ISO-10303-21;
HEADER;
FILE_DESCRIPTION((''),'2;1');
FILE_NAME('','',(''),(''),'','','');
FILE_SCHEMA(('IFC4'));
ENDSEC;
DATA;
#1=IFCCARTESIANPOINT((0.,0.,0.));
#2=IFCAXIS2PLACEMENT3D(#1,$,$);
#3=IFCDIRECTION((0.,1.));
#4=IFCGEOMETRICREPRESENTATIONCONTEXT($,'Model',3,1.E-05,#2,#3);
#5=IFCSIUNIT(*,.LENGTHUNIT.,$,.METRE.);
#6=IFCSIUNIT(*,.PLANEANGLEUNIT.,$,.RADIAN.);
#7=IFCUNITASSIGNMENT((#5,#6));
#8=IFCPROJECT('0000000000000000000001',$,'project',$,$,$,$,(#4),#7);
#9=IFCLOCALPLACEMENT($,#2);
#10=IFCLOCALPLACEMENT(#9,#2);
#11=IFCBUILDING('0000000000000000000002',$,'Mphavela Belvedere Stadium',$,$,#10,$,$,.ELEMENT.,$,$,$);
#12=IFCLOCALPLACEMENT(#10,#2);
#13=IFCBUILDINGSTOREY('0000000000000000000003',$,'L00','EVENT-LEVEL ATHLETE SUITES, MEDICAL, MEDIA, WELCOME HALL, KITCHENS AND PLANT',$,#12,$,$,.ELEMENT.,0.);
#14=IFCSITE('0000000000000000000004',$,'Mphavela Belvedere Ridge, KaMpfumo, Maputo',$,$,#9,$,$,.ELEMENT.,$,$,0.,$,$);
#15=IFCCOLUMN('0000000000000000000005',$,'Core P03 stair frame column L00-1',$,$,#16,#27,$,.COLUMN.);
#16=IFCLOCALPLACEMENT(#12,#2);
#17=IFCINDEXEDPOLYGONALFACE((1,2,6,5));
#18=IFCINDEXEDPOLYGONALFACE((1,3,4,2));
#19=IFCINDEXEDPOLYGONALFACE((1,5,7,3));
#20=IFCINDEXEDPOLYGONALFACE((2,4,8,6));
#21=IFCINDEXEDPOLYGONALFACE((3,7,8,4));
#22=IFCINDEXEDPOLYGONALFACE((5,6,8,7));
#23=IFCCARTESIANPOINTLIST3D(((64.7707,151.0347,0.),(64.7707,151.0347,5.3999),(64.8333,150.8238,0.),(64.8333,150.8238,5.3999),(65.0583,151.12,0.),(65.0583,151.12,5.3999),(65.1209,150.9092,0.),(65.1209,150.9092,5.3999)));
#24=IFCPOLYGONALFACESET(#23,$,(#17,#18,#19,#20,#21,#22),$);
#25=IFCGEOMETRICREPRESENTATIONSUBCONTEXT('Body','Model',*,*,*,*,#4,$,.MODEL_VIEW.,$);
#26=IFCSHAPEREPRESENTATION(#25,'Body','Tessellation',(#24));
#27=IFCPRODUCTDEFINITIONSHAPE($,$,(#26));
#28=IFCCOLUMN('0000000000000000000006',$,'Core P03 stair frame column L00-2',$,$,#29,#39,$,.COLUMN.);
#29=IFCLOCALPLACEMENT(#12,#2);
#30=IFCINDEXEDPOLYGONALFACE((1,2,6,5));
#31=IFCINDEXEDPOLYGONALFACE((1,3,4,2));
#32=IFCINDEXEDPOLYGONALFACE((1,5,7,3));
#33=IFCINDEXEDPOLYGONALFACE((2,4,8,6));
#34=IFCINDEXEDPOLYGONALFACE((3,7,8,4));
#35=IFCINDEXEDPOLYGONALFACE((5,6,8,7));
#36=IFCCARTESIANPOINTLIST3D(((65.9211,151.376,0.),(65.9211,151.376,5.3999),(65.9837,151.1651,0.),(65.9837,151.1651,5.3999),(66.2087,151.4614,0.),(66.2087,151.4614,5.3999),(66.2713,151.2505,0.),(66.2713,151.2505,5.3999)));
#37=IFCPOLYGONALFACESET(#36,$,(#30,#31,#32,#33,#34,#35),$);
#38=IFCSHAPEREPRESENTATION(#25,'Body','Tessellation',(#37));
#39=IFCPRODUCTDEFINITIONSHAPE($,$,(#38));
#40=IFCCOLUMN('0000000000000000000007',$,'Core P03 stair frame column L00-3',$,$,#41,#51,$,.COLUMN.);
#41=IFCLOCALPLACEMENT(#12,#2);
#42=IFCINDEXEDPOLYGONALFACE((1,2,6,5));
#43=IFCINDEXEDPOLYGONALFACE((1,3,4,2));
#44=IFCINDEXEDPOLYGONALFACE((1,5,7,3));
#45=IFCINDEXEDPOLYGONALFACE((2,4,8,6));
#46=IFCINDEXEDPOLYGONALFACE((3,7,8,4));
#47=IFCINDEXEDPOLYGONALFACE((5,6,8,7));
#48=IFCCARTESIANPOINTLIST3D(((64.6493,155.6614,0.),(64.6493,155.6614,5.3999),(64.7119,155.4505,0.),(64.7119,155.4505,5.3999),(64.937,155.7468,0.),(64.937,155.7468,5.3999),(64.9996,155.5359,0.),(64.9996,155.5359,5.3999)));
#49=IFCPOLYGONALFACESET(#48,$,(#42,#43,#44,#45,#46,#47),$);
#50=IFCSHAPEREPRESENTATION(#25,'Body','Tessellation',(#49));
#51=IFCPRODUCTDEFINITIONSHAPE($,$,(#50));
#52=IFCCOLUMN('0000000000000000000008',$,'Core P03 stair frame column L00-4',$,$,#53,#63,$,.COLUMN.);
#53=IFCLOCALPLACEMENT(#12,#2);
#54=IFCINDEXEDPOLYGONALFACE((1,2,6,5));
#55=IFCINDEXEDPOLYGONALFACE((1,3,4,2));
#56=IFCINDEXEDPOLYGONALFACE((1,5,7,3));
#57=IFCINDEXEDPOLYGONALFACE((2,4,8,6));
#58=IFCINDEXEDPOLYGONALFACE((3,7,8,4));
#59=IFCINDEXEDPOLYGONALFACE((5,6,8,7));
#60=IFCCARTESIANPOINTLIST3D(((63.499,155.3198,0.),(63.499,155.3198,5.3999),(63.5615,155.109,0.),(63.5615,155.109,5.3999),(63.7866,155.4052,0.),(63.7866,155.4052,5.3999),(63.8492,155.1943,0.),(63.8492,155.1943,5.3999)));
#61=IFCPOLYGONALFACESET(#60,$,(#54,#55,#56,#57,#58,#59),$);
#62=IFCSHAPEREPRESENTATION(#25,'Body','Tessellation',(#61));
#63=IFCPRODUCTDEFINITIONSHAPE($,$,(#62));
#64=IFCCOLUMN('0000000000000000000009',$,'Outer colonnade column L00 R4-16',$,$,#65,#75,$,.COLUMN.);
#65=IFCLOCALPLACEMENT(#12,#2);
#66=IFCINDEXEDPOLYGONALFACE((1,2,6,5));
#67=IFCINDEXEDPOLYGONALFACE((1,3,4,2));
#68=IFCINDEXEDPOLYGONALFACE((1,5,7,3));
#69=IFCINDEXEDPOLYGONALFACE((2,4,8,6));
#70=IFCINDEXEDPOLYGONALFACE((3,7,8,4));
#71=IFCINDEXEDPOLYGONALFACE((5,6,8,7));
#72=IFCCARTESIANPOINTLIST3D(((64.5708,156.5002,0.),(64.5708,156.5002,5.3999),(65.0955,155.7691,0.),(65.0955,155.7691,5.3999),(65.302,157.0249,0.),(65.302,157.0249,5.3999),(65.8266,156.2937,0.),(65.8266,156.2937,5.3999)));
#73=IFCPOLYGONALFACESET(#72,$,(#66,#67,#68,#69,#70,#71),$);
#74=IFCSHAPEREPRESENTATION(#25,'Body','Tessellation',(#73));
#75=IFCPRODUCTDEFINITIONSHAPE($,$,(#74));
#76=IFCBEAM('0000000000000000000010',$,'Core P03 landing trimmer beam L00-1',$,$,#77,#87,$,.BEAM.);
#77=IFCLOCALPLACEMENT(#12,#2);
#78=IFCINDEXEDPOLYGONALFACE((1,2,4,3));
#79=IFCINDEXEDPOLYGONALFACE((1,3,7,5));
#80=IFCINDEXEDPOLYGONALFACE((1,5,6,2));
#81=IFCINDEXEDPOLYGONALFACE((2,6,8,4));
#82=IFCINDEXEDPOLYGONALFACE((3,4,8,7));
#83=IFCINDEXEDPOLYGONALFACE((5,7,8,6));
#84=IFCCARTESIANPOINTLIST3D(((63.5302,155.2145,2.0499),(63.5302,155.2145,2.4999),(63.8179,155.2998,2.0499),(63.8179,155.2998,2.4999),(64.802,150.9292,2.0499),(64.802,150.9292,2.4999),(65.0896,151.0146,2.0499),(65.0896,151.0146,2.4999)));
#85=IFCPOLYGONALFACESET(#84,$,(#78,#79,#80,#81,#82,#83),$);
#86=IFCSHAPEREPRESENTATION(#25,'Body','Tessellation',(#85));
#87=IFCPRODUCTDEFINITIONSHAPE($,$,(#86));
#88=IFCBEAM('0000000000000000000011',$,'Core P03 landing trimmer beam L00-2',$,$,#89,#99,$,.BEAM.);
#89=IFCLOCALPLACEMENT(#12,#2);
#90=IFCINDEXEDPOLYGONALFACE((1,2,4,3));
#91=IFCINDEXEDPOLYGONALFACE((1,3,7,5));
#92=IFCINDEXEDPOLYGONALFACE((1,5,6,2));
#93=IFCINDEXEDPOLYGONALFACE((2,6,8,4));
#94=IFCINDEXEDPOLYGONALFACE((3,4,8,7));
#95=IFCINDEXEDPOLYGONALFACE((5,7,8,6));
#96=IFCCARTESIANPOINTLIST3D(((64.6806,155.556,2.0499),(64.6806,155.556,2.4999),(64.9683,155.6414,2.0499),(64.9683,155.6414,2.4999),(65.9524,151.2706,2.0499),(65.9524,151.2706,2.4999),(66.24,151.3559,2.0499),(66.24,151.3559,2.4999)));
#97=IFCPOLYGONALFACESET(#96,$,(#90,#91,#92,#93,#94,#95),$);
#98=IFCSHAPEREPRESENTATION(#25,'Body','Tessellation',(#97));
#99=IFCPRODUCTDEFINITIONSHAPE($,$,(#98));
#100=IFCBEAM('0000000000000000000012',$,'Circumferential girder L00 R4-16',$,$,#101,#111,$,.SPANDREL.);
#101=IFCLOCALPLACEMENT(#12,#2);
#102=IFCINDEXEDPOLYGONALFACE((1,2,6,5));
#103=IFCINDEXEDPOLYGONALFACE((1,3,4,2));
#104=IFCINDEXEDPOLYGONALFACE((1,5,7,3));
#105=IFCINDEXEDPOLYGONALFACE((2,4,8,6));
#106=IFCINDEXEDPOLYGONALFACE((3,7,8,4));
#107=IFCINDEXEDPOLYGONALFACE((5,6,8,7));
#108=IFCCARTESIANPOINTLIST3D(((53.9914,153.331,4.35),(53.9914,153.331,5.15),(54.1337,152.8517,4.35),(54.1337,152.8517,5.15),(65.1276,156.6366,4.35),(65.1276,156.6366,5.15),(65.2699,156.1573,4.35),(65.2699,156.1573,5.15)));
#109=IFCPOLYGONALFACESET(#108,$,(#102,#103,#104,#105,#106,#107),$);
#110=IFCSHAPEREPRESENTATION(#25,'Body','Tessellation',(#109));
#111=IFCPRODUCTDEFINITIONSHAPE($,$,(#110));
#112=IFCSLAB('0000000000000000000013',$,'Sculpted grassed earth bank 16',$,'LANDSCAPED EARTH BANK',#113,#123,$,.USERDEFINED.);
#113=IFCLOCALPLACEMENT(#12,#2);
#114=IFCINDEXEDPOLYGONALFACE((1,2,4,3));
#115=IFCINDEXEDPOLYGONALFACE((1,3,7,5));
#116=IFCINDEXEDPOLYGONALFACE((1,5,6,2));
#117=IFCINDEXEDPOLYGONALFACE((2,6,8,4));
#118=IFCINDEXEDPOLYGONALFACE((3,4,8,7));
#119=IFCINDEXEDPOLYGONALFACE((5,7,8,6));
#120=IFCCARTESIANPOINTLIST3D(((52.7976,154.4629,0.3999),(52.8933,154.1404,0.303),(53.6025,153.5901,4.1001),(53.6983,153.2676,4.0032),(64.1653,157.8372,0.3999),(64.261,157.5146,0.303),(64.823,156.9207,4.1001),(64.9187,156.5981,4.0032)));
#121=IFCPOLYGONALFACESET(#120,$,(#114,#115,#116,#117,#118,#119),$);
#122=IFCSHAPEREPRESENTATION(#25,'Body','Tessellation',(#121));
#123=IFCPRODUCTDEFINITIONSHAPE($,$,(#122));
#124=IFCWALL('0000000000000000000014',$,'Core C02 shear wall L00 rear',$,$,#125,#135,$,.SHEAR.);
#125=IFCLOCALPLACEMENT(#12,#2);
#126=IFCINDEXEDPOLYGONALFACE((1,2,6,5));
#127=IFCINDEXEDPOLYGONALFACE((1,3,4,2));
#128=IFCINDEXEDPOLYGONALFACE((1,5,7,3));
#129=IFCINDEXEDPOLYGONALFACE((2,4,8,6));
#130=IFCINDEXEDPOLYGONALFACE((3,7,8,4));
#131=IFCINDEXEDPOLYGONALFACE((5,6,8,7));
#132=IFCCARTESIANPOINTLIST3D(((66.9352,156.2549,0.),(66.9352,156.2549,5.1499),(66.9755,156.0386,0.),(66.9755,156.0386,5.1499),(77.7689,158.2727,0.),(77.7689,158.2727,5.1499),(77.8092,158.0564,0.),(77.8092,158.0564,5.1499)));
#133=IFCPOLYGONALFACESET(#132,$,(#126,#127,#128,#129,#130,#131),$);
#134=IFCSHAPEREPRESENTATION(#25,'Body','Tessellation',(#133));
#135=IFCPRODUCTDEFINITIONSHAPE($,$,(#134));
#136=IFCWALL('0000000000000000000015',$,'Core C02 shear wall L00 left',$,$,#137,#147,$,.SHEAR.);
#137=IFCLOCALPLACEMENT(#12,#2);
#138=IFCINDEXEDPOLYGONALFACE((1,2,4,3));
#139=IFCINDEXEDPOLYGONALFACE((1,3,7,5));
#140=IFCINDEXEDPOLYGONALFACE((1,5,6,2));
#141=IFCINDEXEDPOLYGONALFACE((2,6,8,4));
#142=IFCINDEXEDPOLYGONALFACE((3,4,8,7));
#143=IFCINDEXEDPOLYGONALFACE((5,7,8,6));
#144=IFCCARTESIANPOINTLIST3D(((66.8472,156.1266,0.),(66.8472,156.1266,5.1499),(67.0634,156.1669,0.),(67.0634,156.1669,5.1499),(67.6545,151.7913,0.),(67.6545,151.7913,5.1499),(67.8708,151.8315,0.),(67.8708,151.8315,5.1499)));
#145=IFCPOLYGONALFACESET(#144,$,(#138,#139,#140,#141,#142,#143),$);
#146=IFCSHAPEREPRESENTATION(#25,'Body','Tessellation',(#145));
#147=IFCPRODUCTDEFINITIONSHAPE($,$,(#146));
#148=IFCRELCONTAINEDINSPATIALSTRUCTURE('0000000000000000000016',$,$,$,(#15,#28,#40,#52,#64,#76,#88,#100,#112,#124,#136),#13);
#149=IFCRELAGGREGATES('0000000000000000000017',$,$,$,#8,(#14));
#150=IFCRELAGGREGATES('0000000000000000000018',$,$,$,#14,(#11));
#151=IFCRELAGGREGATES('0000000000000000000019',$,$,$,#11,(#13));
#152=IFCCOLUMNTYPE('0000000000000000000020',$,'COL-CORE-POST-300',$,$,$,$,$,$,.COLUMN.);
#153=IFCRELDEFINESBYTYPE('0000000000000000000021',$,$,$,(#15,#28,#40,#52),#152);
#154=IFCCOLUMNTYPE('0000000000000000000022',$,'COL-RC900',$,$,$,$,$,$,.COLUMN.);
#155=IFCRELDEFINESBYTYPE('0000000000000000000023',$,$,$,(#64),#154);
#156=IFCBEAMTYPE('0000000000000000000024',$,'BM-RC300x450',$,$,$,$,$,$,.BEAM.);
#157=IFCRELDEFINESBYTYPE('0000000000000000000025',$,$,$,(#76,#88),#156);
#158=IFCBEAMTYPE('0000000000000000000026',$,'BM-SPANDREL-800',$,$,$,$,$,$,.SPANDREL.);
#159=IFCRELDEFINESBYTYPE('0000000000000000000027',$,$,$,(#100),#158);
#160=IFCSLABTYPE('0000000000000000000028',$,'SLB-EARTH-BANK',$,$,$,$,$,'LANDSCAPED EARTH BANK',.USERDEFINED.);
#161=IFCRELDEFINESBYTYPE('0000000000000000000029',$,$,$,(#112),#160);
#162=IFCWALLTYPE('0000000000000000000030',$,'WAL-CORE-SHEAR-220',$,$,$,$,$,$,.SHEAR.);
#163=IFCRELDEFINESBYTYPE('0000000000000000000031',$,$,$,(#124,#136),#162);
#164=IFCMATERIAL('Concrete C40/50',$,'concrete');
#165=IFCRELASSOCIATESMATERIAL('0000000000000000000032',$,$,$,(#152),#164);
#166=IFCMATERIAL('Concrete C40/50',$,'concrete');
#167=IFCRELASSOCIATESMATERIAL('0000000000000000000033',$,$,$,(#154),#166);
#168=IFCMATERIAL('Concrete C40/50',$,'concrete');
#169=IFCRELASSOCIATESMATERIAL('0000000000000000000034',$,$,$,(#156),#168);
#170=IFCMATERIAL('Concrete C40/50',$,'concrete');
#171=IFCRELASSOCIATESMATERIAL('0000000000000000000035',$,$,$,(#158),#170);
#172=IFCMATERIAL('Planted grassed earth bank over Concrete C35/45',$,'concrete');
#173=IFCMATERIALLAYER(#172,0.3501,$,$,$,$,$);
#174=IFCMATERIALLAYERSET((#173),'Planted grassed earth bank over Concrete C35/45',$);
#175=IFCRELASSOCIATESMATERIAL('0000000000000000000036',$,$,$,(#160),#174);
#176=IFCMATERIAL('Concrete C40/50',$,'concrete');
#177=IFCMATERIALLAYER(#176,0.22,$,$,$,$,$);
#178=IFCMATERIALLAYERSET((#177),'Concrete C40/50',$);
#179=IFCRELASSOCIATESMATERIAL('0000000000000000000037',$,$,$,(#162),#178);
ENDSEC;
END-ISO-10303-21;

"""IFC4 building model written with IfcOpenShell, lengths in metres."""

from ifc_helpers import new_model, si_unit, direction, frame, frame_2d, origin, origin_2d, place, context, subcontext, project, spatial, polyline, rectangle, outline, extrude, material, layer, layer_set, material_profile, profile_set, type_object, element, save


model = new_model("IFC4")

# Units and contexts
model_context = context("Model", 3, precision=1e-05, world=origin(), true_north=direction((0.0, 1.0)))
body_context = subcontext(model_context, "Body", "Model", "MODEL_VIEW")
ifc_project = project(units=[si_unit("LENGTHUNIT", "METRE"), si_unit("PLANEANGLEUNIT", "RADIAN")], contexts=[model_context])

# Site, building, storey
site_placement = place(None, origin())
site = spatial("IfcSite", under=ifc_project, at=site_placement, Name="Mphavela Belvedere Ridge, KaMpfumo, Maputo", CompositionType="ELEMENT", RefElevation=0.0)
building_placement = place(site_placement, origin())
building = spatial("IfcBuilding", under=site, at=building_placement, Name="Mphavela Belvedere Stadium", CompositionType="ELEMENT")
storey_placement = place(building_placement, origin())
storey = spatial("IfcBuildingStorey", under=building, at=storey_placement, Name="L00", Description="EVENT-LEVEL ATHLETE SUITES, MEDICAL, MEDIA, WELCOME HALL, KITCHENS AND PLANT", CompositionType="ELEMENT", Elevation=0.0)

# Columns
ifc_material_1 = material(Name="Concrete C40/50", Category="concrete")
ifc_material_profile_1 = material_profile(ifc_material_1, rectangle(XDim=0.3, YDim=0.22, at=origin_2d()), Name="RC 300x220")
ifc_profile_set_1 = profile_set([ifc_material_profile_1], Name="Concrete C40/50")
column_type_1 = type_object("IfcColumnType", Name="COL-CORE-POST-300", PredefinedType="COLUMN", material=ifc_profile_set_1)
for number, where, z_axis, x_axis, name in (
    (1, (64.9458, 150.9719, 0.0), (0.0, 0.0, 1.0), (0.958671, 0.284517, 0.0), "Core P03 stair frame column L00-1"),
    (2, (66.0962, 151.3132, 0.0), (0.0, 0.0, 1.0), (0.958671, 0.284517, 0.0), "Core P03 stair frame column L00-2"),
    (3, (64.8245, 155.5986, 0.0), (0.0, 0.0, 1.0), (0.958671, 0.284517, 0.0), "Core P03 stair frame column L00-3"),
    (4, (63.6741, 155.2571, 0.0), (0.0, 0.0, 1.0), (0.958671, 0.284517, 0.0), "Core P03 stair frame column L00-4"),
):
    element("IfcColumn", number, at=place(storey_placement, frame(where, z_axis=z_axis, x_axis=x_axis)), inside=storey, type_object=column_type_1, Name=name, PredefinedType="COLUMN", context=body_context, shape_type="SweptSolid", body=[
        extrude(rectangle(XDim=0.3, YDim=0.22, at=origin_2d()), origin(), (0.0, 0.0, 1.0), 5.3999),
    ])
ifc_material_2 = material(Name="Concrete C40/50", Category="concrete")
ifc_material_profile_2 = material_profile(ifc_material_2, rectangle(XDim=0.8999, YDim=0.8999, at=origin_2d()), Name="RC 900x900")
ifc_profile_set_2 = profile_set([ifc_material_profile_2], Name="Concrete C40/50")
column_type_2 = type_object("IfcColumnType", Name="COL-RC900", PredefinedType="COLUMN", material=ifc_profile_set_2)
column_placement = place(storey_placement, frame((65.1987, 156.397, 0.0), z_axis=(0.0, 0.0, 1.0), x_axis=(-0.582974, 0.812491, 0.0)))
element("IfcColumn", 5, at=column_placement, inside=storey, type_object=column_type_2, Name="Outer colonnade column L00 R4-16", PredefinedType="COLUMN", context=body_context, shape_type="SweptSolid", body=[
    extrude(rectangle(XDim=0.8999, YDim=0.8999, at=origin_2d()), origin(), (0.0, 0.0, 1.0), 5.3999),
])

# Beams
ifc_material_3 = material(Name="Concrete C40/50", Category="concrete")
ifc_material_profile_3 = material_profile(ifc_material_3, rectangle(XDim=0.3, YDim=0.45, at=origin_2d()), Name="RC 300x450")
ifc_profile_set_3 = profile_set([ifc_material_profile_3], Name="Concrete C40/50")
beam_type_1 = type_object("IfcBeamType", Name="BM-RC300x450", PredefinedType="BEAM", material=ifc_profile_set_3)
beam_1_placement = place(storey_placement, frame((64.9458, 150.9719, 2.2749), z_axis=(-0.28451, 0.958673, 0.0), x_axis=(-0.958673, -0.28451, 0.0)))
element("IfcBeam", 6, at=beam_1_placement, inside=storey, type_object=beam_type_1, Name="Core P03 landing trimmer beam L00-1", PredefinedType="BEAM", context=body_context, shape_type="SweptSolid", body=[
    extrude(rectangle(XDim=0.3, YDim=0.45, at=origin_2d()), origin(), (0.0, 0.0, 1.0), 4.47),
])
beam_2_placement = place(storey_placement, frame((66.0962, 151.3132, 2.2749), z_axis=(-0.284496, 0.958677, 0.0), x_axis=(-0.958677, -0.284496, 0.0)))
element("IfcBeam", 7, at=beam_2_placement, inside=storey, type_object=beam_type_1, Name="Core P03 landing trimmer beam L00-2", PredefinedType="BEAM", context=body_context, shape_type="SweptSolid", body=[
    extrude(rectangle(XDim=0.3, YDim=0.45, at=origin_2d()), origin(), (0.0, 0.0, 1.0), 4.4702),
])
ifc_material_4 = material(Name="Concrete C40/50", Category="concrete")
ifc_material_profile_4 = material_profile(ifc_material_4, rectangle(XDim=0.5, YDim=0.8, at=origin_2d()), Name="RC 500x800")
ifc_profile_set_4 = profile_set([ifc_material_profile_4], Name="Concrete C40/50")
beam_type_2 = type_object("IfcBeamType", Name="BM-SPANDREL-800", PredefinedType="SPANDREL", material=ifc_profile_set_4)
beam_3_placement = place(storey_placement, frame((65.1987, 156.397, 4.75), z_axis=(-0.958656, -0.284566, 0.0), x_axis=(0.284566, -0.958656, 0.0)))
element("IfcBeam", 8, at=beam_3_placement, inside=storey, type_object=beam_type_2, Name="Circumferential girder L00 R4-16", PredefinedType="SPANDREL", context=body_context, shape_type="SweptSolid", body=[
    extrude(rectangle(XDim=0.5, YDim=0.8, at=origin_2d()), origin(), (0.0, 0.0, 1.0), 11.6165),
])

# Slab
ifc_material_5 = material(Name="Planted grassed earth bank over Concrete C35/45", Category="concrete")
ifc_layer_1 = layer(ifc_material_5, 0.3501)
ifc_layer_set_1 = layer_set([ifc_layer_1], Name="Planted grassed earth bank over Concrete C35/45")
slab_type = type_object("IfcSlabType", Name="SLB-EARTH-BANK", ElementType="LANDSCAPED EARTH BANK", PredefinedType="USERDEFINED", material=ifc_layer_set_1)
slab_placement = place(storey_placement, frame((64.1653, 157.8372, 0.3999), z_axis=(-0.273442, 0.921207, 0.276779), x_axis=(-0.958659, -0.284559, 0.0)))
element("IfcSlab", 9, at=slab_placement, inside=storey, type_object=slab_type, Name="Sculpted grassed earth bank 16", ObjectType="LANDSCAPED EARTH BANK", PredefinedType="USERDEFINED", context=body_context, shape_type="SweptSolid", body=[
    extrude(outline(polyline([(0.0, 0.0), (11.8579, 0.0), (11.3346, 3.8506), (-0.3697, 3.8506), (0.0, 0.0)])), origin(), (0.0, 0.0, -1.0), 0.3501),
])

# Walls
ifc_material_6 = material(Name="Concrete C40/50", Category="concrete")
ifc_layer_2 = layer(ifc_material_6, 0.22)
ifc_layer_set_2 = layer_set([ifc_layer_2], Name="Concrete C40/50")
wall_type_1 = type_object("IfcWallType", Name="WAL-CORE-SHEAR-220", PredefinedType="SHEAR", material=ifc_layer_set_2)
wall_1_placement = place(storey_placement, frame((66.9553, 156.1467, 0.0), z_axis=(0.0, 0.0, 1.0), x_axis=(0.983093, 0.183105, 0.0)))
element("IfcWall", 10, at=wall_1_placement, inside=storey, type_object=wall_type_1, Name="Core C02 shear wall L00 rear", PredefinedType="SHEAR", context=body_context, shape_type="SweptSolid", body=[
    extrude(rectangle(XDim=11.02, YDim=0.22, at=frame_2d((5.51, 0.0))), origin(), (0.0, 0.0, 1.0), 5.1499),
])
wall_2_placement = place(storey_placement, frame((67.7627, 151.8113, 0.0), z_axis=(0.0, 0.0, 1.0), x_axis=(-0.183078, 0.983098, 0.0)))
element("IfcWall", 11, at=wall_2_placement, inside=storey, type_object=wall_type_1, Name="Core C02 shear wall L00 left", PredefinedType="SHEAR", context=body_context, shape_type="SweptSolid", body=[
    extrude(rectangle(XDim=4.4099, YDim=0.22, at=frame_2d((2.2051, 0.0))), origin(), (0.0, 0.0, 1.0), 5.1499),
])

save(model, "model.ifc")
